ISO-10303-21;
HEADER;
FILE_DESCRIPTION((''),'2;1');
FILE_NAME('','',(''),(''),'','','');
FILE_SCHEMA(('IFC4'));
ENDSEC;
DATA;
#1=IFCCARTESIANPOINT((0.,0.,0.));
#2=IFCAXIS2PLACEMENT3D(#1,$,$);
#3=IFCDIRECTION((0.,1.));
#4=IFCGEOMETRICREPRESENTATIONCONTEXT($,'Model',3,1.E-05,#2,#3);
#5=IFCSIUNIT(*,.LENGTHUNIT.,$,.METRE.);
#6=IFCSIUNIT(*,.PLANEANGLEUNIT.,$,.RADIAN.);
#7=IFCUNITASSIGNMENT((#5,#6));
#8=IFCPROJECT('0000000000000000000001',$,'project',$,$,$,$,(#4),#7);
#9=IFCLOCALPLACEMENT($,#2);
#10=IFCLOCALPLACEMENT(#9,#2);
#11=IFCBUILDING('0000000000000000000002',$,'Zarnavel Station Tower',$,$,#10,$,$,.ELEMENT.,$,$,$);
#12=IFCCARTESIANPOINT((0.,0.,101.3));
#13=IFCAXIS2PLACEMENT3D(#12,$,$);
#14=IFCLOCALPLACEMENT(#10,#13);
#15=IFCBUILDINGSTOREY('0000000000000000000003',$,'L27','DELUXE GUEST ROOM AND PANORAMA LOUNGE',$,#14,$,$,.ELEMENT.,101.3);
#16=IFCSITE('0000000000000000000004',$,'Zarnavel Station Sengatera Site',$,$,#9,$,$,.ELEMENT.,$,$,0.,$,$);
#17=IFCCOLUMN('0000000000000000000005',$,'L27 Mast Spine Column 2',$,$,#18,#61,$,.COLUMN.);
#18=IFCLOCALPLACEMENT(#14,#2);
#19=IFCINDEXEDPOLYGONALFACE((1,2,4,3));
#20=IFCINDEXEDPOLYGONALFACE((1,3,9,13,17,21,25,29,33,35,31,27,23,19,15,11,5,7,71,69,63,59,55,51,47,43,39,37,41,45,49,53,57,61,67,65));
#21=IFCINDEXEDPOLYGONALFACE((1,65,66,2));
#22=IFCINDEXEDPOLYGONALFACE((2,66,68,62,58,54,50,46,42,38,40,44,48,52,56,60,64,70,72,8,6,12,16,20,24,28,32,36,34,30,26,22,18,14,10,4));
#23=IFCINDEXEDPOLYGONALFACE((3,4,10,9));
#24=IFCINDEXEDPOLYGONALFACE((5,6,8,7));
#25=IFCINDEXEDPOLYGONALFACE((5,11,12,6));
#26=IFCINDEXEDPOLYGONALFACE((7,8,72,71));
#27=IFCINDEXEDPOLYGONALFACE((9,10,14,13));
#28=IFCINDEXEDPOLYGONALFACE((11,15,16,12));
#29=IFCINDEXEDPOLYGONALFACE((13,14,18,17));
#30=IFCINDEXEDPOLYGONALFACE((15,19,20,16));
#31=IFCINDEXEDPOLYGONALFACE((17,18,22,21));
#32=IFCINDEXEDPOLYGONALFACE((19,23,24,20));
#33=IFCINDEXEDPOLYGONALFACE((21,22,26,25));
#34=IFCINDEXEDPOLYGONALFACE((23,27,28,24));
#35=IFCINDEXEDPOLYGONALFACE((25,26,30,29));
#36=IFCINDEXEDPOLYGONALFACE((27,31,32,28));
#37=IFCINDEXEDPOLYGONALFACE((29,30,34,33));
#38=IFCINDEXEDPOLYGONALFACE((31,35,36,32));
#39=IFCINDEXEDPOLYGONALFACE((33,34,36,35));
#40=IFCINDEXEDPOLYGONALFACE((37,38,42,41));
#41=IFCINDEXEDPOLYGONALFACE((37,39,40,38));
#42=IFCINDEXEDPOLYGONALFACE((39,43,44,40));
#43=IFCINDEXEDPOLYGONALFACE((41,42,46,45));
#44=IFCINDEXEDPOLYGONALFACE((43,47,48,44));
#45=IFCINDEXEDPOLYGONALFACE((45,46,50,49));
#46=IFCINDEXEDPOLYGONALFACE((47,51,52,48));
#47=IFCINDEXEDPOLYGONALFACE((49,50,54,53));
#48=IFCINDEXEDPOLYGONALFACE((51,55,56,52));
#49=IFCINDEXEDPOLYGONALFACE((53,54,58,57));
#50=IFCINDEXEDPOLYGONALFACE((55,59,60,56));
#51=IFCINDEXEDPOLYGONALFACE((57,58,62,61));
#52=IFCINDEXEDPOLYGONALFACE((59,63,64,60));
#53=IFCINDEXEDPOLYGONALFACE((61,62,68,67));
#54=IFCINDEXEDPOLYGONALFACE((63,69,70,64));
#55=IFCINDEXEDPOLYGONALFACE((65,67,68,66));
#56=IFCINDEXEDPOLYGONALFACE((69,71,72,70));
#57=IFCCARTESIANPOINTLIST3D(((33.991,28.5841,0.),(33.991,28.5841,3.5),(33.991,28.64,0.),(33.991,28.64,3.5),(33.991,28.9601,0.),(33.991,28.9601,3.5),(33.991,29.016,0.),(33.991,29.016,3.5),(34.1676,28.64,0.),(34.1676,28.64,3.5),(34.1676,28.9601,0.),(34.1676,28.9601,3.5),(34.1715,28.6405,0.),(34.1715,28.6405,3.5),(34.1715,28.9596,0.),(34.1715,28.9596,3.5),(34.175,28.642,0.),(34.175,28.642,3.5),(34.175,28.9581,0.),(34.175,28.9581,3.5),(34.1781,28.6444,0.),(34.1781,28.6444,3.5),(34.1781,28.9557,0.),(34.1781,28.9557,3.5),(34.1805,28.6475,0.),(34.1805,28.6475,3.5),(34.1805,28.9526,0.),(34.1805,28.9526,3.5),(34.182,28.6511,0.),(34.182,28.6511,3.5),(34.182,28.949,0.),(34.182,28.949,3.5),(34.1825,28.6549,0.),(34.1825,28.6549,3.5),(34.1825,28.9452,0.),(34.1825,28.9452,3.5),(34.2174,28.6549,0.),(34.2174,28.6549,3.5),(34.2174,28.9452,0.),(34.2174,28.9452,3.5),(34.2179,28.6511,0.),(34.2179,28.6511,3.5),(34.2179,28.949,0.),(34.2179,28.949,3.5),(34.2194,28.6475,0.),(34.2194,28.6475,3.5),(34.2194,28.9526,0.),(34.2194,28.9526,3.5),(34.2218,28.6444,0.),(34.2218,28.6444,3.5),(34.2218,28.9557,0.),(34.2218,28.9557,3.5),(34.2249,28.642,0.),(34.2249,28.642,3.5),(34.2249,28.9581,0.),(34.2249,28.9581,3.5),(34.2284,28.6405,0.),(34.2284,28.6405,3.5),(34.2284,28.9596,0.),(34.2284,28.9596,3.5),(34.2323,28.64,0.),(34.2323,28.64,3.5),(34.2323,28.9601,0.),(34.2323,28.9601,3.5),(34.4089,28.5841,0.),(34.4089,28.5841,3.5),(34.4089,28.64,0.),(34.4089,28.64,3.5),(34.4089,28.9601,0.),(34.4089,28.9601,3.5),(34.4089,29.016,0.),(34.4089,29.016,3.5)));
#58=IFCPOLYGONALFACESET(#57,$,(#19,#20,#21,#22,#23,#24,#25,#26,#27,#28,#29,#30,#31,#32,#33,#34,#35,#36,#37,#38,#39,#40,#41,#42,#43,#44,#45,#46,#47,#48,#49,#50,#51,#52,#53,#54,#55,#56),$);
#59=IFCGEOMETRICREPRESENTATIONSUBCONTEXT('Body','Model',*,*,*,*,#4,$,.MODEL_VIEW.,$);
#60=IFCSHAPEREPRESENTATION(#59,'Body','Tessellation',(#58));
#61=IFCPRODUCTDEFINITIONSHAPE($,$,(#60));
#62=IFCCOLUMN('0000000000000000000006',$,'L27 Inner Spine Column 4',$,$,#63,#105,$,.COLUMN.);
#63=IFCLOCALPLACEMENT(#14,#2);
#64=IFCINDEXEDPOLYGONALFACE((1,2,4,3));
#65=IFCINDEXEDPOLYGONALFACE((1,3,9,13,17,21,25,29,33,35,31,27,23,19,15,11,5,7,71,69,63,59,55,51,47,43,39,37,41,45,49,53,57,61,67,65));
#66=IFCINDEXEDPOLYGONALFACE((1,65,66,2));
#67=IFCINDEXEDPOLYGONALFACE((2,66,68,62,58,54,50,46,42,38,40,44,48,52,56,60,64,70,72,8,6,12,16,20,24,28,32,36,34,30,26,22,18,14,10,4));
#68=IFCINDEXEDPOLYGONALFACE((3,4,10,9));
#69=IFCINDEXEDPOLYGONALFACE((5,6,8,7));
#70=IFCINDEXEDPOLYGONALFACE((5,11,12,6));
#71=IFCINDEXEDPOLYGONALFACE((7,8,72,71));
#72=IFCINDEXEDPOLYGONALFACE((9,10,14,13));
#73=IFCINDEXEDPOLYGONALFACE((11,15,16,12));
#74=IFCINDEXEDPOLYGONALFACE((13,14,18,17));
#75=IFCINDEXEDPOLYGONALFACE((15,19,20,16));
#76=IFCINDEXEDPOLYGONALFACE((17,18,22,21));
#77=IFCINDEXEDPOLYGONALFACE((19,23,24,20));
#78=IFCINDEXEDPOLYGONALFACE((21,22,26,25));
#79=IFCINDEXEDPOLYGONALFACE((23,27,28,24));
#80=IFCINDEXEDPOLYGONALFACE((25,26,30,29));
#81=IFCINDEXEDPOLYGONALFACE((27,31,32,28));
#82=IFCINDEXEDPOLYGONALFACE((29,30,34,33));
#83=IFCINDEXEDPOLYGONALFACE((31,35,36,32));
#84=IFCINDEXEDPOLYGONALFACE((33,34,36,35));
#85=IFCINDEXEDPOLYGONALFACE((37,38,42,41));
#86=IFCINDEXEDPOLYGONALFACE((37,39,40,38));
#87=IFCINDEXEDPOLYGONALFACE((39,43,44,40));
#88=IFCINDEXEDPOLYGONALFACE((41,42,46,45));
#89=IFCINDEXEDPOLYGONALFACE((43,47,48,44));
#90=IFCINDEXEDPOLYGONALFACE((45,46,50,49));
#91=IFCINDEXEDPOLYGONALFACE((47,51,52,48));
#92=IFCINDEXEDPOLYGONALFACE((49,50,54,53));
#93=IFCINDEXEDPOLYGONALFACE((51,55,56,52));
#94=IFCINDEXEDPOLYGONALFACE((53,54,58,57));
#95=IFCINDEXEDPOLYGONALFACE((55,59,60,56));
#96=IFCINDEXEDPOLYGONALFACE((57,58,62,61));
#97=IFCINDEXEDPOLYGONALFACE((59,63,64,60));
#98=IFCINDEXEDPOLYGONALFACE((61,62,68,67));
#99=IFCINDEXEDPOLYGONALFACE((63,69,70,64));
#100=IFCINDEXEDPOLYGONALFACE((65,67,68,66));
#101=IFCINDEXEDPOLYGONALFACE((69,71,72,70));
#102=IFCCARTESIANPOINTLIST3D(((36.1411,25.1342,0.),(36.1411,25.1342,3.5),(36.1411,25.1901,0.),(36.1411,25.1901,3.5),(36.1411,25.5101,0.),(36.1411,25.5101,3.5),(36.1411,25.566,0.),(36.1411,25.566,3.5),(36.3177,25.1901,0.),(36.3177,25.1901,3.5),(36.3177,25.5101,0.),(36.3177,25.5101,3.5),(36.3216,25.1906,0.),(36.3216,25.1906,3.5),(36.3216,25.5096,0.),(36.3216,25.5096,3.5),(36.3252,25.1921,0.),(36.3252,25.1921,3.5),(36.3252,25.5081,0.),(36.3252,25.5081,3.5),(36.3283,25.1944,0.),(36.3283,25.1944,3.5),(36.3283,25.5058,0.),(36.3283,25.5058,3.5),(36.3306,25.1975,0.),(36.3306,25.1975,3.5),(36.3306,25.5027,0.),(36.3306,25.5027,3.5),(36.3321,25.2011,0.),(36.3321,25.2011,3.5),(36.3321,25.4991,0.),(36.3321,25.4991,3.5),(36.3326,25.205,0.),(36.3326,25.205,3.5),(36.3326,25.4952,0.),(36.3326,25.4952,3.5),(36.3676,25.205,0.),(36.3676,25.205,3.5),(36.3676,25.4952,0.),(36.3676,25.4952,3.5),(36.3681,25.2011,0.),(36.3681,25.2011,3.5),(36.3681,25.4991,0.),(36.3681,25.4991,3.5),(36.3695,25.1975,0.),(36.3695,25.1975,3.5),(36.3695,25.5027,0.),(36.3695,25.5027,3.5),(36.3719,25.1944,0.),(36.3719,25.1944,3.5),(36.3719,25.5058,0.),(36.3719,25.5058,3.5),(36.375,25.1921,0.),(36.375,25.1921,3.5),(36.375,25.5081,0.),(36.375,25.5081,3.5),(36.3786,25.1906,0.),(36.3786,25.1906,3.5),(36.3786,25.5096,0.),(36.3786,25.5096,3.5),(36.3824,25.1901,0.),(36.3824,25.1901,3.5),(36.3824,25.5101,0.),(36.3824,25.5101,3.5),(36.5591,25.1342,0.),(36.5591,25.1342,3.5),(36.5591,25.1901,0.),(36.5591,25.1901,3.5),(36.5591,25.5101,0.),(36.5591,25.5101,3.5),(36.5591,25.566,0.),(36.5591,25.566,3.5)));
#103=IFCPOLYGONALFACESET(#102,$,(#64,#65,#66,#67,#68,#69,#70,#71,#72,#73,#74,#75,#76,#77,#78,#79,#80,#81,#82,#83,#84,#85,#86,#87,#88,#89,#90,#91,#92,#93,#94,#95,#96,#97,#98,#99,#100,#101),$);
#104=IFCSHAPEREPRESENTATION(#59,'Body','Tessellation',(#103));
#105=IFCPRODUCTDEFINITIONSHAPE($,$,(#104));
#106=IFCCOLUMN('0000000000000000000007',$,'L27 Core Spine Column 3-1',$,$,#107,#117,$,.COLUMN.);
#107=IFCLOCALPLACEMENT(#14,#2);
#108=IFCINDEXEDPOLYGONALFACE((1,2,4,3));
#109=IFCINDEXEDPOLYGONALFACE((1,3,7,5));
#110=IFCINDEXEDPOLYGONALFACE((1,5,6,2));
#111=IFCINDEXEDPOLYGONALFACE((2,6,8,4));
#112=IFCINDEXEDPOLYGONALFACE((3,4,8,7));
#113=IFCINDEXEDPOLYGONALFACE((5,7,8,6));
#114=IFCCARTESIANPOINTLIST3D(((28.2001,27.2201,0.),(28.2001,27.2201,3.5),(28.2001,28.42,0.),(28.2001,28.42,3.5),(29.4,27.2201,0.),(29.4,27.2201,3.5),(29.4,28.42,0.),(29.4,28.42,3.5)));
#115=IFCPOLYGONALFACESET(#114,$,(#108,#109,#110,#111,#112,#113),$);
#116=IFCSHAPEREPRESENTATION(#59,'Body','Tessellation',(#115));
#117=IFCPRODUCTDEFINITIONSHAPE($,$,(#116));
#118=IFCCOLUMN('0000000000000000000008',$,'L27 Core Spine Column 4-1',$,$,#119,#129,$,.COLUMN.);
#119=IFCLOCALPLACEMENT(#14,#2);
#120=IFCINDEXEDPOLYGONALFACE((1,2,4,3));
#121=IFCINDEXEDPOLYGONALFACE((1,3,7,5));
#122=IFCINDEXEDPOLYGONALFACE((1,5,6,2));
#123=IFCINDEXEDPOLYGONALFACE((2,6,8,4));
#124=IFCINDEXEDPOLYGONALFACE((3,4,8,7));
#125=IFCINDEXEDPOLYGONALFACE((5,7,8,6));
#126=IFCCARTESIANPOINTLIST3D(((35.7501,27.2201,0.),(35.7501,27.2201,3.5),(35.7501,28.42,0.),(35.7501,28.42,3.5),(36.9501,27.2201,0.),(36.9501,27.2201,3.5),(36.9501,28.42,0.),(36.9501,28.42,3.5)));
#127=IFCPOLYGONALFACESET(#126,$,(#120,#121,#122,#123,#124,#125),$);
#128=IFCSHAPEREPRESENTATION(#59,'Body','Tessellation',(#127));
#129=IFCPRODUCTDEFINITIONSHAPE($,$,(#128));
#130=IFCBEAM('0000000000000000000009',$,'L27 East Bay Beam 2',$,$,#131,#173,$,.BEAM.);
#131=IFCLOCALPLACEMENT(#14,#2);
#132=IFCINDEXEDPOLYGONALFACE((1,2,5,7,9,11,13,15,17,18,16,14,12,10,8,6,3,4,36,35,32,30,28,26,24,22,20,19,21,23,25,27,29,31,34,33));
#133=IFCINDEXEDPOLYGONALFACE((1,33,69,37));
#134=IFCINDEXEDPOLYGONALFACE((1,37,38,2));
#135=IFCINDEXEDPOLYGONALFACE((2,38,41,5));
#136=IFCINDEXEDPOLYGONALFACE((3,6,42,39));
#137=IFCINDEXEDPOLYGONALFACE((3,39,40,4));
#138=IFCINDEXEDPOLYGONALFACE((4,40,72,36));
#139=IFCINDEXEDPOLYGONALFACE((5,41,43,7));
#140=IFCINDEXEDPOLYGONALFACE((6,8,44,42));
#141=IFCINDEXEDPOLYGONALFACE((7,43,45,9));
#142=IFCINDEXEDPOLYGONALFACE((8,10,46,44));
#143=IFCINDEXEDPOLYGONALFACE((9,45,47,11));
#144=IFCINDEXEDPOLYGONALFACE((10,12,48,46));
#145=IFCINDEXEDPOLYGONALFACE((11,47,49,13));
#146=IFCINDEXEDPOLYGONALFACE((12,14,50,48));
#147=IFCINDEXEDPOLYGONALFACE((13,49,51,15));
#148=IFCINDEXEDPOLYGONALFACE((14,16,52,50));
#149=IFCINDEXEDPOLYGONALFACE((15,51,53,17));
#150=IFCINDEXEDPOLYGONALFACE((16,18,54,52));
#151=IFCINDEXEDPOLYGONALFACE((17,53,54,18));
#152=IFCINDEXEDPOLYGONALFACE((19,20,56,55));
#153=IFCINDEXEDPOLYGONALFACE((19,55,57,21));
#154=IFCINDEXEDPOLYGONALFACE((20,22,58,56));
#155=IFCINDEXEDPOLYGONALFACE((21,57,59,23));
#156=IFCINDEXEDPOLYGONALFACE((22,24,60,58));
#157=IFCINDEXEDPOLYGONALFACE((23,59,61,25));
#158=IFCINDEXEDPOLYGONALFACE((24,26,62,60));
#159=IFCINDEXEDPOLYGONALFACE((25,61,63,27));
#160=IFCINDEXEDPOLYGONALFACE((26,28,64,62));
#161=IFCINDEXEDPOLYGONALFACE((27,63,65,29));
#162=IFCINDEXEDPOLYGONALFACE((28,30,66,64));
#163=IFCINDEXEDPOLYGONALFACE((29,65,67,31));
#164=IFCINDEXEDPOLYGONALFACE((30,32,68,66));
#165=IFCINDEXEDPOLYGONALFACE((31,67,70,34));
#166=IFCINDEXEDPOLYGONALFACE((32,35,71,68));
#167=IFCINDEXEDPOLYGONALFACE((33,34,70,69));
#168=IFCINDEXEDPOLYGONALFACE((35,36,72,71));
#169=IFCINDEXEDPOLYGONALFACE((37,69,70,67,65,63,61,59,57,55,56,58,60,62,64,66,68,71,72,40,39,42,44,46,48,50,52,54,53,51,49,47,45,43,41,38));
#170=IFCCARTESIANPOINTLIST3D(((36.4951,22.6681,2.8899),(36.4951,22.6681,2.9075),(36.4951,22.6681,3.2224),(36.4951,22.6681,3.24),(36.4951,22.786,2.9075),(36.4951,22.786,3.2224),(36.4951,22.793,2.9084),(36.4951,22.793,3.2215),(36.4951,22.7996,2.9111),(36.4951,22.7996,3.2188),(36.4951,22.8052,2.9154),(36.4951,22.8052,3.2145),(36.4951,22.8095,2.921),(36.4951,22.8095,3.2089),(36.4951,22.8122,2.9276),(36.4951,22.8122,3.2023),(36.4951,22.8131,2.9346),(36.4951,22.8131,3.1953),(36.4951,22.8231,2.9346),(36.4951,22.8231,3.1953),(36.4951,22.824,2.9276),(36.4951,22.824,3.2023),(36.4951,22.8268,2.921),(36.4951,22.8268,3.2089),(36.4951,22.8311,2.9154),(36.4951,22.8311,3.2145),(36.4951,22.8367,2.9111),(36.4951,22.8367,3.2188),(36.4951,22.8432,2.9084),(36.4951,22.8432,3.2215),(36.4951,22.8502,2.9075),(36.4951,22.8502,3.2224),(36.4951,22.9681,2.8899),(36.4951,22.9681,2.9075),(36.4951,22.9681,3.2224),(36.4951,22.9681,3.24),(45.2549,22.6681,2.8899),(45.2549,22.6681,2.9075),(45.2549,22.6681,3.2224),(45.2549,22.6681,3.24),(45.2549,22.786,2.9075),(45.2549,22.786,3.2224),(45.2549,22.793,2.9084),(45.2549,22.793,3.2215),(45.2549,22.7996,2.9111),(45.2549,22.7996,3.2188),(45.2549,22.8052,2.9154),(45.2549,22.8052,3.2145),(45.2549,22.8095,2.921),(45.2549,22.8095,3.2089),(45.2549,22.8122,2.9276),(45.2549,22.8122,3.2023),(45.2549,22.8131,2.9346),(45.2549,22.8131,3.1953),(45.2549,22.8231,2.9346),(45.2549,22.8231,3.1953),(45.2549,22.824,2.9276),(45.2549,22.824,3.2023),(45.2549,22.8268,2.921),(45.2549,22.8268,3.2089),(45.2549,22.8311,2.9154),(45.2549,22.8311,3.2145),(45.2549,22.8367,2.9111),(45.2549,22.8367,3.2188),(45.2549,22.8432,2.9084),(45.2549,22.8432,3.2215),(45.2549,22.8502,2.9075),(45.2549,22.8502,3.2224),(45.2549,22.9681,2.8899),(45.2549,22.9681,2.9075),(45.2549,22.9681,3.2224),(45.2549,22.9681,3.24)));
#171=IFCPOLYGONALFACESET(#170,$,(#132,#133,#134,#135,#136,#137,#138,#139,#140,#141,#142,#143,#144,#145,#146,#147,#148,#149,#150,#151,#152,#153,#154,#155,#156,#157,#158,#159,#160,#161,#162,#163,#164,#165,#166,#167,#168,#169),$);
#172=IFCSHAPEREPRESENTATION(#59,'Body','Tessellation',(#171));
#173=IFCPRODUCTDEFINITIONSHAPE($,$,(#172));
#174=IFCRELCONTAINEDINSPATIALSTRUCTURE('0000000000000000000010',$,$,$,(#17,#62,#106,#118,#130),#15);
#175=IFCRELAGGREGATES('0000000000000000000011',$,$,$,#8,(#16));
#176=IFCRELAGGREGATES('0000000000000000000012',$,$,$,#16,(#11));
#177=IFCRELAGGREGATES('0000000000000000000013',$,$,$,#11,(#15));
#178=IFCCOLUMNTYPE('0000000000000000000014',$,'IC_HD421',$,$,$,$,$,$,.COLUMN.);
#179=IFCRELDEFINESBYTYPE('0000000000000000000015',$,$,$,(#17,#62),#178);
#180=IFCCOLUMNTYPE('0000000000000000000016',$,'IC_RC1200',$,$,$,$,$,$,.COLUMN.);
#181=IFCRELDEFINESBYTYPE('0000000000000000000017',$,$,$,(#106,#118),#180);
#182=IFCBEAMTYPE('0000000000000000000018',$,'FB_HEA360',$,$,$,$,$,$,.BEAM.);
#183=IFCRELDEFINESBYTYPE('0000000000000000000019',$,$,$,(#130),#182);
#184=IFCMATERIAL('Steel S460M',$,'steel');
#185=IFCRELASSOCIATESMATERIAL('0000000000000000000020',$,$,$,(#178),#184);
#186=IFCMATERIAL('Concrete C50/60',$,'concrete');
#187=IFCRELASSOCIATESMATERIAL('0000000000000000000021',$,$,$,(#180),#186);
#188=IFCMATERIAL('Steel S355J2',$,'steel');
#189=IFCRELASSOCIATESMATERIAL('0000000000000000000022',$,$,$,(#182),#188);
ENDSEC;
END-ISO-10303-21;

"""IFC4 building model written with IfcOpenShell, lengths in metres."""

from ifc_helpers import new_model, si_unit, direction, frame, origin, origin_2d, place, context, subcontext, project, spatial, rectangle, i_section, extrude, material, material_profile, profile_set, type_object, element, save


model = new_model("IFC4")

# Units and contexts
model_context = context("Model", 3, precision=1e-05, world=origin(), true_north=direction((0.0, 1.0)))
body_context = subcontext(model_context, "Body", "Model", "MODEL_VIEW")
ifc_project = project(units=[si_unit("LENGTHUNIT", "METRE"), si_unit("PLANEANGLEUNIT", "RADIAN")], contexts=[model_context])

# Site, building, storey
site_placement = place(None, origin())
site = spatial("IfcSite", under=ifc_project, at=site_placement, Name="Zarnavel Station Sengatera Site", CompositionType="ELEMENT", RefElevation=0.0)
building_placement = place(site_placement, origin())
building = spatial("IfcBuilding", under=site, at=building_placement, Name="Zarnavel Station Tower", CompositionType="ELEMENT")
storey_placement = place(building_placement, frame((0.0, 0.0, 101.3)))
storey = spatial("IfcBuildingStorey", under=building, at=storey_placement, Name="L27", Description="DELUXE GUEST ROOM AND PANORAMA LOUNGE", CompositionType="ELEMENT", Elevation=101.3)

# Columns
ifc_material_1 = material(Name="Steel S460M", Category="steel")
ifc_material_profile_1 = material_profile(ifc_material_1, i_section(OverallWidth=0.418, OverallDepth=0.4319, WebThickness=0.0349, FlangeThickness=0.0559, FilletRadius=0.0149, at=origin_2d()), Name="HD400x421")
ifc_profile_set_1 = profile_set([ifc_material_profile_1], Name="Steel S460M")
column_type_1 = type_object("IfcColumnType", Name="IC_HD421", PredefinedType="COLUMN", material=ifc_profile_set_1)
for number, where, z_axis, x_axis, name in (
    (1, (34.2, 28.8, 0.0), (0.0, 0.0, 1.0), (1.0, 0.0, 0.0), "L27 Mast Spine Column 2"),
    (2, (36.3501, 25.3501, 0.0), (0.0, 0.0, 1.0), (1.0, 0.0, 0.0), "L27 Inner Spine Column 4"),
):
    element("IfcColumn", number, at=place(storey_placement, frame(where, z_axis=z_axis, x_axis=x_axis)), inside=storey, type_object=column_type_1, Name=name, PredefinedType="COLUMN", context=body_context, shape_type="SweptSolid", body=[
        extrude(i_section(OverallWidth=0.418, OverallDepth=0.4319, WebThickness=0.0349, FlangeThickness=0.0559, FilletRadius=0.0149, at=origin_2d()), origin(), (0.0, 0.0, 1.0), 3.5),
    ])
ifc_material_2 = material(Name="Concrete C50/60", Category="concrete")
ifc_material_profile_2 = material_profile(ifc_material_2, rectangle(XDim=1.2, YDim=1.2, at=origin_2d()), Name="RC1200x1200")
ifc_profile_set_2 = profile_set([ifc_material_profile_2], Name="Concrete C50/60")
column_type_2 = type_object("IfcColumnType", Name="IC_RC1200", PredefinedType="COLUMN", material=ifc_profile_set_2)
for number, where, z_axis, x_axis, name in (
    (3, (28.8, 27.8201, 0.0), (0.0, 0.0, 1.0), (1.0, 0.0, 0.0), "L27 Core Spine Column 3-1"),
    (4, (36.3501, 27.8201, 0.0), (0.0, 0.0, 1.0), (1.0, 0.0, 0.0), "L27 Core Spine Column 4-1"),
):
    element("IfcColumn", number, at=place(storey_placement, frame(where, z_axis=z_axis, x_axis=x_axis)), inside=storey, type_object=column_type_2, Name=name, PredefinedType="COLUMN", context=body_context, shape_type="SweptSolid", body=[
        extrude(rectangle(XDim=1.2, YDim=1.2, at=origin_2d()), origin(), (0.0, 0.0, 1.0), 3.5),
    ])

# Beam
ifc_material_3 = material(Name="Steel S355J2", Category="steel")
ifc_material_profile_3 = material_profile(ifc_material_3, i_section(OverallWidth=0.3, OverallDepth=0.3501, WebThickness=0.01, FlangeThickness=0.0176, FilletRadius=0.0271, at=origin_2d()), Name="HEA360")
ifc_profile_set_3 = profile_set([ifc_material_profile_3], Name="Steel S355J2")
beam_type_1 = type_object("IfcBeamType", Name="FB_HEA360", PredefinedType="BEAM", material=ifc_profile_set_3)
beam_1_placement = place(storey_placement, frame((36.4951, 22.8181, 3.0649), z_axis=(1.0, 0.0, 0.0), x_axis=(0.0, 1.0, 0.0)))
element("IfcBeam", 5, at=beam_1_placement, inside=storey, type_object=beam_type_1, Name="L27 East Bay Beam 2", PredefinedType="BEAM", context=body_context, shape_type="SweptSolid", body=[
    extrude(i_section(OverallWidth=0.3, OverallDepth=0.3501, WebThickness=0.01, FlangeThickness=0.0176, FilletRadius=0.0271, at=origin_2d()), origin(), (0.0, 0.0, 1.0), 8.7598),
])

save(model, "model.ifc")
